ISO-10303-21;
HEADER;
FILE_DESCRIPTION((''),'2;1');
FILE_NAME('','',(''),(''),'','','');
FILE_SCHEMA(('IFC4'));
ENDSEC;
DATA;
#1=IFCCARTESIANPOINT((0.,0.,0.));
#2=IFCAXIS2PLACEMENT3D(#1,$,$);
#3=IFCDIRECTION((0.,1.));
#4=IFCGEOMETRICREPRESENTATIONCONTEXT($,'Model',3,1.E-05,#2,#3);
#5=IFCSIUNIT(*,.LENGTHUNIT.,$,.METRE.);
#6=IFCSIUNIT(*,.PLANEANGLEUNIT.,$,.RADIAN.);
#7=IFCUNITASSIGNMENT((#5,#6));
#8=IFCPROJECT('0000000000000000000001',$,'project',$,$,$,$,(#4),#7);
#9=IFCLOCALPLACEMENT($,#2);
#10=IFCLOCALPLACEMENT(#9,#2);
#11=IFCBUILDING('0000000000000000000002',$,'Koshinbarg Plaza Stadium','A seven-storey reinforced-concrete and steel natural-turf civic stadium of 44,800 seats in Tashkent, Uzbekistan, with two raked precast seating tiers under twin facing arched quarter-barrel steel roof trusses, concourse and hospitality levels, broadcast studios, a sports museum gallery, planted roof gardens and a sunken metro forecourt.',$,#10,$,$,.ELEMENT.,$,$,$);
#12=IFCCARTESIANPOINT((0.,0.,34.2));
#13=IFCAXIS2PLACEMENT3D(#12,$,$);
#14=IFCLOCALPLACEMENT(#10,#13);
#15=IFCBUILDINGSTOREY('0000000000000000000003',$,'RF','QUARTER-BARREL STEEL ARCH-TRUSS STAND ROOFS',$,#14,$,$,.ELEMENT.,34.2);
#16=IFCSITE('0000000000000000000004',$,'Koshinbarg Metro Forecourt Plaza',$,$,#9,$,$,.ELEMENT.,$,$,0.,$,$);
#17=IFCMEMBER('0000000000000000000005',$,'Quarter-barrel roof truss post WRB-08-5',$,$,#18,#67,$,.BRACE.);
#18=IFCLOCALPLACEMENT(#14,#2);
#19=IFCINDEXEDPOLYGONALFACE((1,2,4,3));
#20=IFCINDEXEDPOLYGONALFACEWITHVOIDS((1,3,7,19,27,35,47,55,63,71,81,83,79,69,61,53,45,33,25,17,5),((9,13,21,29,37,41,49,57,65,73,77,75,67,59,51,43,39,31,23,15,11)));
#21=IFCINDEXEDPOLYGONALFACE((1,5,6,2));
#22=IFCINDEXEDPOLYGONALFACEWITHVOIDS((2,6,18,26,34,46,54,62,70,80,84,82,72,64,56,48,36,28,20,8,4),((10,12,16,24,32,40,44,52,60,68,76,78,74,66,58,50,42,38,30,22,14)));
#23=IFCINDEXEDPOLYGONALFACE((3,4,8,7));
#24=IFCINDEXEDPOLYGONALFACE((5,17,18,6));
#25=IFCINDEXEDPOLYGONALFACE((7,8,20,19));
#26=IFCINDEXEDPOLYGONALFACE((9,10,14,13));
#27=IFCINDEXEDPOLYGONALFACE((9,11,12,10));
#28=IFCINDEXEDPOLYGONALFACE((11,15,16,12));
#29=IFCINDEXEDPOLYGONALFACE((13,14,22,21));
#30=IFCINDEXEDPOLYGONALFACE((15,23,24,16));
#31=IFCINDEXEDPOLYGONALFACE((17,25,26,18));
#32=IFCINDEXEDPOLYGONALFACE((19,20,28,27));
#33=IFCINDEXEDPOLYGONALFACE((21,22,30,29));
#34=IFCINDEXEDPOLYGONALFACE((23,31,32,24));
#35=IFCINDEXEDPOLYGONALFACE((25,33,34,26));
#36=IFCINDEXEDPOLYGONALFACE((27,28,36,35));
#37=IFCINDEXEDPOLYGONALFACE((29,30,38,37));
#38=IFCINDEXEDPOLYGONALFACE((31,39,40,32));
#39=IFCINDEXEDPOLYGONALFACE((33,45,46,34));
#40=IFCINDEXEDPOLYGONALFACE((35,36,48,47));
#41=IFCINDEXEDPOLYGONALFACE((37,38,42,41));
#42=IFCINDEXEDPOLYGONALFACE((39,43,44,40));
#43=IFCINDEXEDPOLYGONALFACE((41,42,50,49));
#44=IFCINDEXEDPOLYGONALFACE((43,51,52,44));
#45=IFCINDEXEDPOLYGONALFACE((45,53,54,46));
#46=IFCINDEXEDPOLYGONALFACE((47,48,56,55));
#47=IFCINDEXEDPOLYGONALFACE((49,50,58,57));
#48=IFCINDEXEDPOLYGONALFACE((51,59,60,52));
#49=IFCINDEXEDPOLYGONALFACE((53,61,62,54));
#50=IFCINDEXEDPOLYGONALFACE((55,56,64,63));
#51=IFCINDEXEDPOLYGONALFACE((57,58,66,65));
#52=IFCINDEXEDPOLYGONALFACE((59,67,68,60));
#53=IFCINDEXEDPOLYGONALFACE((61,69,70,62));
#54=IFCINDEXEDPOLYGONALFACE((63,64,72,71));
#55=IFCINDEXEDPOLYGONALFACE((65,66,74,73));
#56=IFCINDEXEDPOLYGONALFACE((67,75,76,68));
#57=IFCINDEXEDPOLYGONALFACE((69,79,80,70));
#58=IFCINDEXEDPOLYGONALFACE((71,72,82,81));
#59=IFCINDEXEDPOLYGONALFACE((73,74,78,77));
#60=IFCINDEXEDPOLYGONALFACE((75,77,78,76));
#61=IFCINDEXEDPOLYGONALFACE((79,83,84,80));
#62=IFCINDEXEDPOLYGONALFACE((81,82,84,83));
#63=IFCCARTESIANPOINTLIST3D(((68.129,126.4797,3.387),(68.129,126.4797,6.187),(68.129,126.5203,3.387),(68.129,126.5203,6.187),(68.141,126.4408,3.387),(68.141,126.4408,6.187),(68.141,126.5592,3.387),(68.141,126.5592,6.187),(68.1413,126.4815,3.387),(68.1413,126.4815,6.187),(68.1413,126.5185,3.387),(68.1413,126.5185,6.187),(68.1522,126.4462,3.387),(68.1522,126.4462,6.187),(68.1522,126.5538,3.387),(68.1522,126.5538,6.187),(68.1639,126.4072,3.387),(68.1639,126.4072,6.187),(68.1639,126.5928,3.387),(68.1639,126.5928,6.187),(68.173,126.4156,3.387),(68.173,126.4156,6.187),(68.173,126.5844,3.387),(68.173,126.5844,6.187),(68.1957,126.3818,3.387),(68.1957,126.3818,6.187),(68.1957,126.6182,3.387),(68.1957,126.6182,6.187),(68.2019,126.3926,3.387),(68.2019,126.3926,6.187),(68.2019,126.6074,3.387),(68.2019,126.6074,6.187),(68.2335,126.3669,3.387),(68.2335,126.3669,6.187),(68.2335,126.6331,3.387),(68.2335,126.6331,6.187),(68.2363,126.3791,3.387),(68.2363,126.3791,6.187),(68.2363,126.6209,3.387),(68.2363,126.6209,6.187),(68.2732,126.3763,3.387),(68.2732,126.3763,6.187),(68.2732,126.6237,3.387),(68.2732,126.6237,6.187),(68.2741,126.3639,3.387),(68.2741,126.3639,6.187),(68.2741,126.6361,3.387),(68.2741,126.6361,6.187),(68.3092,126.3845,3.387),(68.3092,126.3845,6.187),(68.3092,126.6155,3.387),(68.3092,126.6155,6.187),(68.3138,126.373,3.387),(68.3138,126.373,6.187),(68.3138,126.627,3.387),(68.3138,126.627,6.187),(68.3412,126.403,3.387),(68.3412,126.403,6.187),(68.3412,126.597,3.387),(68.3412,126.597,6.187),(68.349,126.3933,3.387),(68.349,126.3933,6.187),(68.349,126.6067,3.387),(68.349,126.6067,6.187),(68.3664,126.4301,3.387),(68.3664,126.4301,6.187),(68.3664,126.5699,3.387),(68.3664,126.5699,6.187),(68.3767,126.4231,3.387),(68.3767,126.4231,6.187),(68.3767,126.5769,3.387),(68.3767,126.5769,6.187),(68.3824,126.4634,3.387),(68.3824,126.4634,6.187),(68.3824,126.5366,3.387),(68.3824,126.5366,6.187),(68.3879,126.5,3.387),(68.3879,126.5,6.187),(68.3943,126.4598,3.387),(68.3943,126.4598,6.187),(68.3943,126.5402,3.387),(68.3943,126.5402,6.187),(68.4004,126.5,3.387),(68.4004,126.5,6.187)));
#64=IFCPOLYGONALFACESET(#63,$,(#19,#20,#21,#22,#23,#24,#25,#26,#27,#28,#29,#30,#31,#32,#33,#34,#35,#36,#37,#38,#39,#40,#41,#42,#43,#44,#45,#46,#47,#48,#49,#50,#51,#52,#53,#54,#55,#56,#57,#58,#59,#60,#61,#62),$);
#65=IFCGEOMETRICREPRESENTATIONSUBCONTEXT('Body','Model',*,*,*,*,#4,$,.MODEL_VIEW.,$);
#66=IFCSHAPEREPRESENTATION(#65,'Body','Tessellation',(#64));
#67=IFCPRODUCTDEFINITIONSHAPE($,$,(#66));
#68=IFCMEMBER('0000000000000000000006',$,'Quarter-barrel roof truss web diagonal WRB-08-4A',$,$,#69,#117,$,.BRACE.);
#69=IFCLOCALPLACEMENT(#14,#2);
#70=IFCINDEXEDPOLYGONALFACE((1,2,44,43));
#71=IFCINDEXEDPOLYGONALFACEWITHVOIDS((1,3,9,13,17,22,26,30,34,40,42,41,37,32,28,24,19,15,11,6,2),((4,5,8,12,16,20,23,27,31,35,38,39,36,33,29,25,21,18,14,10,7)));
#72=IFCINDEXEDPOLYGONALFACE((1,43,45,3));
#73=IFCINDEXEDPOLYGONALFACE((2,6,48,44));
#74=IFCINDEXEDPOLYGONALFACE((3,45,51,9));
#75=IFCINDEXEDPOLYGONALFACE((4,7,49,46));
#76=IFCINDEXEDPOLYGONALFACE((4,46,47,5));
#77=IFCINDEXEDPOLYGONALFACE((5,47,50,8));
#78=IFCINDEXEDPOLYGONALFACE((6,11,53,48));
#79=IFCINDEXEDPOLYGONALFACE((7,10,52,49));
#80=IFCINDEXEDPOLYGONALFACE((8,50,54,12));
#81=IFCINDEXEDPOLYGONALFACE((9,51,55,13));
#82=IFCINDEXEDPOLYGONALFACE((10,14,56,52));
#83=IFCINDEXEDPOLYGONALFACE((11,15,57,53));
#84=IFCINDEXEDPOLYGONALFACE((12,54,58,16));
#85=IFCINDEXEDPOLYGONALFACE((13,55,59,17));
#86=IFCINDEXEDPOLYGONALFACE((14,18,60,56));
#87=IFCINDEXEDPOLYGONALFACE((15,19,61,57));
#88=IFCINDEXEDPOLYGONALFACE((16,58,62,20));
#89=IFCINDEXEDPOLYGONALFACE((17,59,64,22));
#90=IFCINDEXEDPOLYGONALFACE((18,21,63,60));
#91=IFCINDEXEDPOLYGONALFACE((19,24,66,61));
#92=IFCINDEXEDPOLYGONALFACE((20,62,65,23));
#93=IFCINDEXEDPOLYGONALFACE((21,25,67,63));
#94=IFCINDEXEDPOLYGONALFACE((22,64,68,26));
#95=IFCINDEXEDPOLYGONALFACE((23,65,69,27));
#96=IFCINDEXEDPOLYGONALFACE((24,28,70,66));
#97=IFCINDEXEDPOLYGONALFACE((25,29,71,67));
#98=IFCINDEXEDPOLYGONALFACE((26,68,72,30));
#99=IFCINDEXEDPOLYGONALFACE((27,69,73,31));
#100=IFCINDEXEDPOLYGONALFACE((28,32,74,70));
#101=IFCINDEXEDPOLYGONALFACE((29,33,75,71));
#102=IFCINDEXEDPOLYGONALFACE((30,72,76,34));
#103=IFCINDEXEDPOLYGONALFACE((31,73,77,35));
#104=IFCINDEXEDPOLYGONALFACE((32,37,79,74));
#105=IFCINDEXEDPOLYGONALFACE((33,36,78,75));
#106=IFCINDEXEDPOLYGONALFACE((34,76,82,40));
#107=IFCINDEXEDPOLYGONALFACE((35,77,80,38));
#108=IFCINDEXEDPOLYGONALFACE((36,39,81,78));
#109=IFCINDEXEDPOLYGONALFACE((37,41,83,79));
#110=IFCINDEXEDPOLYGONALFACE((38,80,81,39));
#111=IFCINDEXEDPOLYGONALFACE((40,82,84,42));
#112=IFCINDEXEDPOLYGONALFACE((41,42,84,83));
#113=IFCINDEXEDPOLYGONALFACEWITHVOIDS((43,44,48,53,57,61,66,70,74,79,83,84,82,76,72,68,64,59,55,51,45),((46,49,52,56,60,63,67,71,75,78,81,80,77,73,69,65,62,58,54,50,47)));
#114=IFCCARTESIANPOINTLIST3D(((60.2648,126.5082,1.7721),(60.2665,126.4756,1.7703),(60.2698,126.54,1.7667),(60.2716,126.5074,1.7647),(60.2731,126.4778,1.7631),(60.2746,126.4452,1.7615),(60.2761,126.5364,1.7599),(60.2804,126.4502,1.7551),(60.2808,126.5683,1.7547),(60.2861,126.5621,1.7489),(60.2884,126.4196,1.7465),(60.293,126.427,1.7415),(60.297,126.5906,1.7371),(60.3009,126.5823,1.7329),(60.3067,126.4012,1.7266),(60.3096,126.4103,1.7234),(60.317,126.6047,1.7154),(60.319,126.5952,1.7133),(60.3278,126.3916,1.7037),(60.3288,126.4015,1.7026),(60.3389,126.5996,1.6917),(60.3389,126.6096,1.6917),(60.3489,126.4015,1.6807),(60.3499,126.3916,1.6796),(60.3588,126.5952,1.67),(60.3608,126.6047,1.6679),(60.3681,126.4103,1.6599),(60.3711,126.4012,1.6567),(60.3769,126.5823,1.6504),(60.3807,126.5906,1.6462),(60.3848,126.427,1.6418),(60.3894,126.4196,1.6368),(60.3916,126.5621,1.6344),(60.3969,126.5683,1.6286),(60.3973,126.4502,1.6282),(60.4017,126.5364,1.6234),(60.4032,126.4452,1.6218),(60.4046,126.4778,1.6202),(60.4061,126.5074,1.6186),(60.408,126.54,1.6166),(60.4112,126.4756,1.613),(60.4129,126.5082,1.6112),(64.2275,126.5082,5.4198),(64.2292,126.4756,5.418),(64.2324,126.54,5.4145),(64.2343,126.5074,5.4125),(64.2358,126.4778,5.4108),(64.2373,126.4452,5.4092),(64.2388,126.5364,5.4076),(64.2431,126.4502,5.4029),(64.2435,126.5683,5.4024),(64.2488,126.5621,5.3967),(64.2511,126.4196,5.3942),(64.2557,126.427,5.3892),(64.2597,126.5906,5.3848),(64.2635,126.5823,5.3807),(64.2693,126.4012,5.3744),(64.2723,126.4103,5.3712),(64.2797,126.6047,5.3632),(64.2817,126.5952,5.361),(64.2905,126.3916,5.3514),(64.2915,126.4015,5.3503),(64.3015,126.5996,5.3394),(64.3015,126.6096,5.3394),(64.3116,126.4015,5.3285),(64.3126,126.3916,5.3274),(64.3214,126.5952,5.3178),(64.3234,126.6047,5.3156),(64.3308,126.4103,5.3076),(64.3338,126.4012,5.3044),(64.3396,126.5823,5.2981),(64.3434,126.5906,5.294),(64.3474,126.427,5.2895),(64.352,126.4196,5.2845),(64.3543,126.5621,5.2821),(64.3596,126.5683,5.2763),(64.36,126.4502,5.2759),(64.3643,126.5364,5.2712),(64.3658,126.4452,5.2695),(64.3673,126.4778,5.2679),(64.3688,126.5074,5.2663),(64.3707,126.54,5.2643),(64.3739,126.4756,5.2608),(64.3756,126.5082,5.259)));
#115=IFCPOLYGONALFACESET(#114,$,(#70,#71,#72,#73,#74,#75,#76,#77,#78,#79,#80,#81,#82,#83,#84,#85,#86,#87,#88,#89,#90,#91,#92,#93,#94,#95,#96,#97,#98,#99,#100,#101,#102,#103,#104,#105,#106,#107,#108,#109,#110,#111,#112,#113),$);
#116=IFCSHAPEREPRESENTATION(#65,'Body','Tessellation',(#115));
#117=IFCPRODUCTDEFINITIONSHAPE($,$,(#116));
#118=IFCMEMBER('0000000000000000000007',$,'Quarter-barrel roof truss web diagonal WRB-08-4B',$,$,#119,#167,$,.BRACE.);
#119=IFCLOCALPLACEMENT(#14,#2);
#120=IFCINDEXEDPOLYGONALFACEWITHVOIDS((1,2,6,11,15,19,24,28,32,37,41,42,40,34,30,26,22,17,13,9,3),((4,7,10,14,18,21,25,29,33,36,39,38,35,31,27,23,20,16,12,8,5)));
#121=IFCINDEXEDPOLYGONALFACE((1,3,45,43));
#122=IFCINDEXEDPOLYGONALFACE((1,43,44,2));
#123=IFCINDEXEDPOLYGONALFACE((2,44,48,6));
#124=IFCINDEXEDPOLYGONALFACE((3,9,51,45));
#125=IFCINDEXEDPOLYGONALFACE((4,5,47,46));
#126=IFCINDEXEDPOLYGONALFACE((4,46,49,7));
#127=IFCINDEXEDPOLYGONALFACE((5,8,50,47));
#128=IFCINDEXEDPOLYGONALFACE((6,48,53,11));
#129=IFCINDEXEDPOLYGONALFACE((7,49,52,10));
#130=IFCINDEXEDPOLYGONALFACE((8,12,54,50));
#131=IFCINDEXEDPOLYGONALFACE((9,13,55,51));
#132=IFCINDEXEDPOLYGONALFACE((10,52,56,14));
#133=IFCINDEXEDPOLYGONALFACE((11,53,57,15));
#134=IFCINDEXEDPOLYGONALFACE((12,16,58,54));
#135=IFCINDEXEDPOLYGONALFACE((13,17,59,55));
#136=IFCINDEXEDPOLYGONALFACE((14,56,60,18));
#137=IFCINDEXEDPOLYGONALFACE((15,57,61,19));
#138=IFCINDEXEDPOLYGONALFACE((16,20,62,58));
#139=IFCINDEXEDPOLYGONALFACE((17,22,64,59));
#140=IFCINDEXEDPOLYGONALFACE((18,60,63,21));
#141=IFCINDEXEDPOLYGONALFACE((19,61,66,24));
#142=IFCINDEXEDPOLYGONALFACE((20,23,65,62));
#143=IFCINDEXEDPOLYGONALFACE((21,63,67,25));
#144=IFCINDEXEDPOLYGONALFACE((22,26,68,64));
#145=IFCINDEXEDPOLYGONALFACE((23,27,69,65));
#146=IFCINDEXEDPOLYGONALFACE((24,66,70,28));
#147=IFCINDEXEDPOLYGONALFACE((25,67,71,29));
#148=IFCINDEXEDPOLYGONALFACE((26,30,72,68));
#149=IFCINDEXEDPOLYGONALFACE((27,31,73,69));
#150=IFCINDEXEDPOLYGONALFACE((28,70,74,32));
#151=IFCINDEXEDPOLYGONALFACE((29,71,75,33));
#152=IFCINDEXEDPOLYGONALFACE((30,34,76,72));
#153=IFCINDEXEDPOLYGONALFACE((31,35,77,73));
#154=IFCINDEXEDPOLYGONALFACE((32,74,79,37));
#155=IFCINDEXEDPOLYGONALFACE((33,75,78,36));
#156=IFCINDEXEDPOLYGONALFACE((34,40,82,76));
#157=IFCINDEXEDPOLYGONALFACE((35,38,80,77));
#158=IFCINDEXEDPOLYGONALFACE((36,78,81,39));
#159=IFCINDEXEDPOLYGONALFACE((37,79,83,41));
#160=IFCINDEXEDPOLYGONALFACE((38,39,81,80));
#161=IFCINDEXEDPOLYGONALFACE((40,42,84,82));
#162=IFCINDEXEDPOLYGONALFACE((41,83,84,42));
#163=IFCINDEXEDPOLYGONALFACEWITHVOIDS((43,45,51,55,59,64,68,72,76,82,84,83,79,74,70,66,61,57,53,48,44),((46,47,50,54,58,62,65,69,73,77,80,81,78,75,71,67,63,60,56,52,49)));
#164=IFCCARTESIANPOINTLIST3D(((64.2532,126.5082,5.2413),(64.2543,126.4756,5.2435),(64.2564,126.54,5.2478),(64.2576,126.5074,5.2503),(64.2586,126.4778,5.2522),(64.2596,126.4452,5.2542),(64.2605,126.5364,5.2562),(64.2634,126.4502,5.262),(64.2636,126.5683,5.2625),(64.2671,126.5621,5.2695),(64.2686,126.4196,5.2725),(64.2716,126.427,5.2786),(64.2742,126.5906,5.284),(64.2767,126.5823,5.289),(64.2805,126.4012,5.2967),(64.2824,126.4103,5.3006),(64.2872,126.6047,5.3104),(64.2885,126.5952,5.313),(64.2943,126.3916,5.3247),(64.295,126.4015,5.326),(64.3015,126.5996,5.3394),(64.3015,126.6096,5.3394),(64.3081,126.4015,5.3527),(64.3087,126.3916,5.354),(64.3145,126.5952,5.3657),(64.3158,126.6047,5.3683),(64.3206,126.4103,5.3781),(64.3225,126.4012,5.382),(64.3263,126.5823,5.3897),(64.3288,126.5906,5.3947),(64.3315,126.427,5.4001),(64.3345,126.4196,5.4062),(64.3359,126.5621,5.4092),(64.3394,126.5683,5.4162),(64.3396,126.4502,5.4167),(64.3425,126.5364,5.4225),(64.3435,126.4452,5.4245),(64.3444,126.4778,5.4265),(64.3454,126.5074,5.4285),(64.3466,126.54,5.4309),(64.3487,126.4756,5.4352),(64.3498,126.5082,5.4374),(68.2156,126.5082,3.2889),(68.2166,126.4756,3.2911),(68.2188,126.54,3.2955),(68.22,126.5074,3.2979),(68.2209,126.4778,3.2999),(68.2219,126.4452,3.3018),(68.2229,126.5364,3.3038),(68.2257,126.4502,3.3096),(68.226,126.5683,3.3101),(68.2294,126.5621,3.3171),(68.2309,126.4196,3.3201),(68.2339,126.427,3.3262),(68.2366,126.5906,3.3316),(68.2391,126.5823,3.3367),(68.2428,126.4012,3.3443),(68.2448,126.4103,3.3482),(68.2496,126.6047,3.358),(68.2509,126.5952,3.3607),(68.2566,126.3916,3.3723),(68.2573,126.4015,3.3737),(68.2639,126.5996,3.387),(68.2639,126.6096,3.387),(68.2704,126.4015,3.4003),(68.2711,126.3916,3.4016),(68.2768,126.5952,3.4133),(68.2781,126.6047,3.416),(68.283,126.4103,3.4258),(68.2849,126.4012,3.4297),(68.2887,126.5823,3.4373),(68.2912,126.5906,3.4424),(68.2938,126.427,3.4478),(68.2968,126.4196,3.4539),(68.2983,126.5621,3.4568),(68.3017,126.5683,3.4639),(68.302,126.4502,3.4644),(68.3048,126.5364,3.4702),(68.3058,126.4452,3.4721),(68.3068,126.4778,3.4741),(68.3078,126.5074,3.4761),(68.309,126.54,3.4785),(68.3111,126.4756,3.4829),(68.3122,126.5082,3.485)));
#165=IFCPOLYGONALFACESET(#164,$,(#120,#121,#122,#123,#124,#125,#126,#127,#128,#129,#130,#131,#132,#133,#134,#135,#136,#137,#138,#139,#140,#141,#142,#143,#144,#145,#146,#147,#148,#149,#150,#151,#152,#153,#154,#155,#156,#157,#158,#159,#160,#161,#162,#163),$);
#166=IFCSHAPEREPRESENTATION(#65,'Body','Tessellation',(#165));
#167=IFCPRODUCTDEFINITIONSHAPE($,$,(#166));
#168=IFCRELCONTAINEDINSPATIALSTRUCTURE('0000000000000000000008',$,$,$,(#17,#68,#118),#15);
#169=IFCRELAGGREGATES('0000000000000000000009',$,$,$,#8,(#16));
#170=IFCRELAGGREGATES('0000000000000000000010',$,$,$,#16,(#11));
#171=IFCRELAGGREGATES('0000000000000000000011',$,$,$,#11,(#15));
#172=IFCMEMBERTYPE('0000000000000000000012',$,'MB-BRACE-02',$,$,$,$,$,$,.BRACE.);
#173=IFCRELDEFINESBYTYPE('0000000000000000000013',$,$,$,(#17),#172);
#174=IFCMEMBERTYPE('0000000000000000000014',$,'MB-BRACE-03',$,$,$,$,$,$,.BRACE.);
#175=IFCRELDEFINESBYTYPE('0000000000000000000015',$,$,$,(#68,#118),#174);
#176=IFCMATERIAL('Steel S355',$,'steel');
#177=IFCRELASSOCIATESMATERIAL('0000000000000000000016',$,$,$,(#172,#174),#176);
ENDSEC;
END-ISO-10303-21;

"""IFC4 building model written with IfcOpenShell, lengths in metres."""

from ifc_helpers import new_model, si_unit, direction, frame, origin, origin_2d, place, context, subcontext, project, spatial, hollow_circle, extrude, material, material_profile, profile_set, type_object, element, save


model = new_model("IFC4")

# Units and contexts
model_context = context("Model", 3, precision=1e-05, world=origin(), true_north=direction((0.0, 1.0)))
body_context = subcontext(model_context, "Body", "Model", "MODEL_VIEW")
ifc_project = project(units=[si_unit("LENGTHUNIT", "METRE"), si_unit("PLANEANGLEUNIT", "RADIAN")], contexts=[model_context])

# Site, building, storey
site_placement = place(None, origin())
site = spatial("IfcSite", under=ifc_project, at=site_placement, Name="Koshinbarg Metro Forecourt Plaza", CompositionType="ELEMENT", RefElevation=0.0)
building_placement = place(site_placement, origin())
building = spatial("IfcBuilding", under=site, at=building_placement, Name="Koshinbarg Plaza Stadium", Description="A seven-storey reinforced-concrete and steel natural-turf civic stadium of 44,800 seats in Tashkent, Uzbekistan, with two raked precast seating tiers under twin facing arched quarter-barrel steel roof trusses, concourse and hospitality levels, broadcast studios, a sports museum gallery, planted roof gardens and a sunken metro forecourt.", CompositionType="ELEMENT")
storey_placement = place(building_placement, frame((0.0, 0.0, 34.2)))
storey = spatial("IfcBuildingStorey", under=building, at=storey_placement, Name="RF", Description="QUARTER-BARREL STEEL ARCH-TRUSS STAND ROOFS", CompositionType="ELEMENT", Elevation=34.2)

# Members
ifc_material_1 = material(Name="Steel S355", Category="steel")
ifc_material_profile_1 = material_profile(ifc_material_1, hollow_circle(Radius=0.1365, WallThickness=0.0125, at=origin_2d()), Name="CHS 273x12.5")
ifc_profile_set_1 = profile_set([ifc_material_profile_1], Name="Steel S355")
member_type_1 = type_object("IfcMemberType", Name="MB-BRACE-02", PredefinedType="BRACE", material=ifc_profile_set_1)
for number, where, z_axis, x_axis, name in (
    (1, (68.2639, 126.5, 3.387), (0.0, 0.0, 1.0), (1.0, 0.0, 0.0), "Quarter-barrel roof truss post WRB-08-5"),
):
    element("IfcMember", number, at=place(storey_placement, frame(where, z_axis=z_axis, x_axis=x_axis)), inside=storey, type_object=member_type_1, Name=name, PredefinedType="BRACE", context=body_context, shape_type="SweptSolid", body=[
        extrude(hollow_circle(Radius=0.1365, WallThickness=0.0125, at=origin_2d()), origin(), (0.0, 0.0, 1.0), 2.8),
    ])
ifc_material_profile_2 = material_profile(ifc_material_1, hollow_circle(Radius=0.1096, WallThickness=0.01, at=origin_2d()), Name="CHS 219.1x10")
ifc_profile_set_2 = profile_set([ifc_material_profile_2], Name="Steel S355")
member_type_2 = type_object("IfcMemberType", Name="MB-BRACE-03", PredefinedType="BRACE", material=ifc_profile_set_2)
member_1_placement = place(storey_placement, frame((60.3389, 126.5, 1.6917), z_axis=(0.735739, 0.0, 0.677265), x_axis=(0.0, 1.0, 0.0)))
element("IfcMember", 2, at=member_1_placement, inside=storey, type_object=member_type_2, Name="Quarter-barrel roof truss web diagonal WRB-08-4A", PredefinedType="BRACE", context=body_context, shape_type="SweptSolid", body=[
    extrude(hollow_circle(Radius=0.1096, WallThickness=0.01, at=origin_2d()), origin(), (0.0, 0.0, 1.0), 5.386),
])
member_2_placement = place(storey_placement, frame((64.3015, 126.5, 5.3394), z_axis=(0.897021, 0.0, -0.441989), x_axis=(0.0, 1.0, 0.0)))
element("IfcMember", 3, at=member_2_placement, inside=storey, type_object=member_type_2, Name="Quarter-barrel roof truss web diagonal WRB-08-4B", PredefinedType="BRACE", context=body_context, shape_type="SweptSolid", body=[
    extrude(hollow_circle(Radius=0.1096, WallThickness=0.01, at=origin_2d()), origin(), (0.0, 0.0, 1.0), 4.4172),
])

save(model, "model.ifc")
